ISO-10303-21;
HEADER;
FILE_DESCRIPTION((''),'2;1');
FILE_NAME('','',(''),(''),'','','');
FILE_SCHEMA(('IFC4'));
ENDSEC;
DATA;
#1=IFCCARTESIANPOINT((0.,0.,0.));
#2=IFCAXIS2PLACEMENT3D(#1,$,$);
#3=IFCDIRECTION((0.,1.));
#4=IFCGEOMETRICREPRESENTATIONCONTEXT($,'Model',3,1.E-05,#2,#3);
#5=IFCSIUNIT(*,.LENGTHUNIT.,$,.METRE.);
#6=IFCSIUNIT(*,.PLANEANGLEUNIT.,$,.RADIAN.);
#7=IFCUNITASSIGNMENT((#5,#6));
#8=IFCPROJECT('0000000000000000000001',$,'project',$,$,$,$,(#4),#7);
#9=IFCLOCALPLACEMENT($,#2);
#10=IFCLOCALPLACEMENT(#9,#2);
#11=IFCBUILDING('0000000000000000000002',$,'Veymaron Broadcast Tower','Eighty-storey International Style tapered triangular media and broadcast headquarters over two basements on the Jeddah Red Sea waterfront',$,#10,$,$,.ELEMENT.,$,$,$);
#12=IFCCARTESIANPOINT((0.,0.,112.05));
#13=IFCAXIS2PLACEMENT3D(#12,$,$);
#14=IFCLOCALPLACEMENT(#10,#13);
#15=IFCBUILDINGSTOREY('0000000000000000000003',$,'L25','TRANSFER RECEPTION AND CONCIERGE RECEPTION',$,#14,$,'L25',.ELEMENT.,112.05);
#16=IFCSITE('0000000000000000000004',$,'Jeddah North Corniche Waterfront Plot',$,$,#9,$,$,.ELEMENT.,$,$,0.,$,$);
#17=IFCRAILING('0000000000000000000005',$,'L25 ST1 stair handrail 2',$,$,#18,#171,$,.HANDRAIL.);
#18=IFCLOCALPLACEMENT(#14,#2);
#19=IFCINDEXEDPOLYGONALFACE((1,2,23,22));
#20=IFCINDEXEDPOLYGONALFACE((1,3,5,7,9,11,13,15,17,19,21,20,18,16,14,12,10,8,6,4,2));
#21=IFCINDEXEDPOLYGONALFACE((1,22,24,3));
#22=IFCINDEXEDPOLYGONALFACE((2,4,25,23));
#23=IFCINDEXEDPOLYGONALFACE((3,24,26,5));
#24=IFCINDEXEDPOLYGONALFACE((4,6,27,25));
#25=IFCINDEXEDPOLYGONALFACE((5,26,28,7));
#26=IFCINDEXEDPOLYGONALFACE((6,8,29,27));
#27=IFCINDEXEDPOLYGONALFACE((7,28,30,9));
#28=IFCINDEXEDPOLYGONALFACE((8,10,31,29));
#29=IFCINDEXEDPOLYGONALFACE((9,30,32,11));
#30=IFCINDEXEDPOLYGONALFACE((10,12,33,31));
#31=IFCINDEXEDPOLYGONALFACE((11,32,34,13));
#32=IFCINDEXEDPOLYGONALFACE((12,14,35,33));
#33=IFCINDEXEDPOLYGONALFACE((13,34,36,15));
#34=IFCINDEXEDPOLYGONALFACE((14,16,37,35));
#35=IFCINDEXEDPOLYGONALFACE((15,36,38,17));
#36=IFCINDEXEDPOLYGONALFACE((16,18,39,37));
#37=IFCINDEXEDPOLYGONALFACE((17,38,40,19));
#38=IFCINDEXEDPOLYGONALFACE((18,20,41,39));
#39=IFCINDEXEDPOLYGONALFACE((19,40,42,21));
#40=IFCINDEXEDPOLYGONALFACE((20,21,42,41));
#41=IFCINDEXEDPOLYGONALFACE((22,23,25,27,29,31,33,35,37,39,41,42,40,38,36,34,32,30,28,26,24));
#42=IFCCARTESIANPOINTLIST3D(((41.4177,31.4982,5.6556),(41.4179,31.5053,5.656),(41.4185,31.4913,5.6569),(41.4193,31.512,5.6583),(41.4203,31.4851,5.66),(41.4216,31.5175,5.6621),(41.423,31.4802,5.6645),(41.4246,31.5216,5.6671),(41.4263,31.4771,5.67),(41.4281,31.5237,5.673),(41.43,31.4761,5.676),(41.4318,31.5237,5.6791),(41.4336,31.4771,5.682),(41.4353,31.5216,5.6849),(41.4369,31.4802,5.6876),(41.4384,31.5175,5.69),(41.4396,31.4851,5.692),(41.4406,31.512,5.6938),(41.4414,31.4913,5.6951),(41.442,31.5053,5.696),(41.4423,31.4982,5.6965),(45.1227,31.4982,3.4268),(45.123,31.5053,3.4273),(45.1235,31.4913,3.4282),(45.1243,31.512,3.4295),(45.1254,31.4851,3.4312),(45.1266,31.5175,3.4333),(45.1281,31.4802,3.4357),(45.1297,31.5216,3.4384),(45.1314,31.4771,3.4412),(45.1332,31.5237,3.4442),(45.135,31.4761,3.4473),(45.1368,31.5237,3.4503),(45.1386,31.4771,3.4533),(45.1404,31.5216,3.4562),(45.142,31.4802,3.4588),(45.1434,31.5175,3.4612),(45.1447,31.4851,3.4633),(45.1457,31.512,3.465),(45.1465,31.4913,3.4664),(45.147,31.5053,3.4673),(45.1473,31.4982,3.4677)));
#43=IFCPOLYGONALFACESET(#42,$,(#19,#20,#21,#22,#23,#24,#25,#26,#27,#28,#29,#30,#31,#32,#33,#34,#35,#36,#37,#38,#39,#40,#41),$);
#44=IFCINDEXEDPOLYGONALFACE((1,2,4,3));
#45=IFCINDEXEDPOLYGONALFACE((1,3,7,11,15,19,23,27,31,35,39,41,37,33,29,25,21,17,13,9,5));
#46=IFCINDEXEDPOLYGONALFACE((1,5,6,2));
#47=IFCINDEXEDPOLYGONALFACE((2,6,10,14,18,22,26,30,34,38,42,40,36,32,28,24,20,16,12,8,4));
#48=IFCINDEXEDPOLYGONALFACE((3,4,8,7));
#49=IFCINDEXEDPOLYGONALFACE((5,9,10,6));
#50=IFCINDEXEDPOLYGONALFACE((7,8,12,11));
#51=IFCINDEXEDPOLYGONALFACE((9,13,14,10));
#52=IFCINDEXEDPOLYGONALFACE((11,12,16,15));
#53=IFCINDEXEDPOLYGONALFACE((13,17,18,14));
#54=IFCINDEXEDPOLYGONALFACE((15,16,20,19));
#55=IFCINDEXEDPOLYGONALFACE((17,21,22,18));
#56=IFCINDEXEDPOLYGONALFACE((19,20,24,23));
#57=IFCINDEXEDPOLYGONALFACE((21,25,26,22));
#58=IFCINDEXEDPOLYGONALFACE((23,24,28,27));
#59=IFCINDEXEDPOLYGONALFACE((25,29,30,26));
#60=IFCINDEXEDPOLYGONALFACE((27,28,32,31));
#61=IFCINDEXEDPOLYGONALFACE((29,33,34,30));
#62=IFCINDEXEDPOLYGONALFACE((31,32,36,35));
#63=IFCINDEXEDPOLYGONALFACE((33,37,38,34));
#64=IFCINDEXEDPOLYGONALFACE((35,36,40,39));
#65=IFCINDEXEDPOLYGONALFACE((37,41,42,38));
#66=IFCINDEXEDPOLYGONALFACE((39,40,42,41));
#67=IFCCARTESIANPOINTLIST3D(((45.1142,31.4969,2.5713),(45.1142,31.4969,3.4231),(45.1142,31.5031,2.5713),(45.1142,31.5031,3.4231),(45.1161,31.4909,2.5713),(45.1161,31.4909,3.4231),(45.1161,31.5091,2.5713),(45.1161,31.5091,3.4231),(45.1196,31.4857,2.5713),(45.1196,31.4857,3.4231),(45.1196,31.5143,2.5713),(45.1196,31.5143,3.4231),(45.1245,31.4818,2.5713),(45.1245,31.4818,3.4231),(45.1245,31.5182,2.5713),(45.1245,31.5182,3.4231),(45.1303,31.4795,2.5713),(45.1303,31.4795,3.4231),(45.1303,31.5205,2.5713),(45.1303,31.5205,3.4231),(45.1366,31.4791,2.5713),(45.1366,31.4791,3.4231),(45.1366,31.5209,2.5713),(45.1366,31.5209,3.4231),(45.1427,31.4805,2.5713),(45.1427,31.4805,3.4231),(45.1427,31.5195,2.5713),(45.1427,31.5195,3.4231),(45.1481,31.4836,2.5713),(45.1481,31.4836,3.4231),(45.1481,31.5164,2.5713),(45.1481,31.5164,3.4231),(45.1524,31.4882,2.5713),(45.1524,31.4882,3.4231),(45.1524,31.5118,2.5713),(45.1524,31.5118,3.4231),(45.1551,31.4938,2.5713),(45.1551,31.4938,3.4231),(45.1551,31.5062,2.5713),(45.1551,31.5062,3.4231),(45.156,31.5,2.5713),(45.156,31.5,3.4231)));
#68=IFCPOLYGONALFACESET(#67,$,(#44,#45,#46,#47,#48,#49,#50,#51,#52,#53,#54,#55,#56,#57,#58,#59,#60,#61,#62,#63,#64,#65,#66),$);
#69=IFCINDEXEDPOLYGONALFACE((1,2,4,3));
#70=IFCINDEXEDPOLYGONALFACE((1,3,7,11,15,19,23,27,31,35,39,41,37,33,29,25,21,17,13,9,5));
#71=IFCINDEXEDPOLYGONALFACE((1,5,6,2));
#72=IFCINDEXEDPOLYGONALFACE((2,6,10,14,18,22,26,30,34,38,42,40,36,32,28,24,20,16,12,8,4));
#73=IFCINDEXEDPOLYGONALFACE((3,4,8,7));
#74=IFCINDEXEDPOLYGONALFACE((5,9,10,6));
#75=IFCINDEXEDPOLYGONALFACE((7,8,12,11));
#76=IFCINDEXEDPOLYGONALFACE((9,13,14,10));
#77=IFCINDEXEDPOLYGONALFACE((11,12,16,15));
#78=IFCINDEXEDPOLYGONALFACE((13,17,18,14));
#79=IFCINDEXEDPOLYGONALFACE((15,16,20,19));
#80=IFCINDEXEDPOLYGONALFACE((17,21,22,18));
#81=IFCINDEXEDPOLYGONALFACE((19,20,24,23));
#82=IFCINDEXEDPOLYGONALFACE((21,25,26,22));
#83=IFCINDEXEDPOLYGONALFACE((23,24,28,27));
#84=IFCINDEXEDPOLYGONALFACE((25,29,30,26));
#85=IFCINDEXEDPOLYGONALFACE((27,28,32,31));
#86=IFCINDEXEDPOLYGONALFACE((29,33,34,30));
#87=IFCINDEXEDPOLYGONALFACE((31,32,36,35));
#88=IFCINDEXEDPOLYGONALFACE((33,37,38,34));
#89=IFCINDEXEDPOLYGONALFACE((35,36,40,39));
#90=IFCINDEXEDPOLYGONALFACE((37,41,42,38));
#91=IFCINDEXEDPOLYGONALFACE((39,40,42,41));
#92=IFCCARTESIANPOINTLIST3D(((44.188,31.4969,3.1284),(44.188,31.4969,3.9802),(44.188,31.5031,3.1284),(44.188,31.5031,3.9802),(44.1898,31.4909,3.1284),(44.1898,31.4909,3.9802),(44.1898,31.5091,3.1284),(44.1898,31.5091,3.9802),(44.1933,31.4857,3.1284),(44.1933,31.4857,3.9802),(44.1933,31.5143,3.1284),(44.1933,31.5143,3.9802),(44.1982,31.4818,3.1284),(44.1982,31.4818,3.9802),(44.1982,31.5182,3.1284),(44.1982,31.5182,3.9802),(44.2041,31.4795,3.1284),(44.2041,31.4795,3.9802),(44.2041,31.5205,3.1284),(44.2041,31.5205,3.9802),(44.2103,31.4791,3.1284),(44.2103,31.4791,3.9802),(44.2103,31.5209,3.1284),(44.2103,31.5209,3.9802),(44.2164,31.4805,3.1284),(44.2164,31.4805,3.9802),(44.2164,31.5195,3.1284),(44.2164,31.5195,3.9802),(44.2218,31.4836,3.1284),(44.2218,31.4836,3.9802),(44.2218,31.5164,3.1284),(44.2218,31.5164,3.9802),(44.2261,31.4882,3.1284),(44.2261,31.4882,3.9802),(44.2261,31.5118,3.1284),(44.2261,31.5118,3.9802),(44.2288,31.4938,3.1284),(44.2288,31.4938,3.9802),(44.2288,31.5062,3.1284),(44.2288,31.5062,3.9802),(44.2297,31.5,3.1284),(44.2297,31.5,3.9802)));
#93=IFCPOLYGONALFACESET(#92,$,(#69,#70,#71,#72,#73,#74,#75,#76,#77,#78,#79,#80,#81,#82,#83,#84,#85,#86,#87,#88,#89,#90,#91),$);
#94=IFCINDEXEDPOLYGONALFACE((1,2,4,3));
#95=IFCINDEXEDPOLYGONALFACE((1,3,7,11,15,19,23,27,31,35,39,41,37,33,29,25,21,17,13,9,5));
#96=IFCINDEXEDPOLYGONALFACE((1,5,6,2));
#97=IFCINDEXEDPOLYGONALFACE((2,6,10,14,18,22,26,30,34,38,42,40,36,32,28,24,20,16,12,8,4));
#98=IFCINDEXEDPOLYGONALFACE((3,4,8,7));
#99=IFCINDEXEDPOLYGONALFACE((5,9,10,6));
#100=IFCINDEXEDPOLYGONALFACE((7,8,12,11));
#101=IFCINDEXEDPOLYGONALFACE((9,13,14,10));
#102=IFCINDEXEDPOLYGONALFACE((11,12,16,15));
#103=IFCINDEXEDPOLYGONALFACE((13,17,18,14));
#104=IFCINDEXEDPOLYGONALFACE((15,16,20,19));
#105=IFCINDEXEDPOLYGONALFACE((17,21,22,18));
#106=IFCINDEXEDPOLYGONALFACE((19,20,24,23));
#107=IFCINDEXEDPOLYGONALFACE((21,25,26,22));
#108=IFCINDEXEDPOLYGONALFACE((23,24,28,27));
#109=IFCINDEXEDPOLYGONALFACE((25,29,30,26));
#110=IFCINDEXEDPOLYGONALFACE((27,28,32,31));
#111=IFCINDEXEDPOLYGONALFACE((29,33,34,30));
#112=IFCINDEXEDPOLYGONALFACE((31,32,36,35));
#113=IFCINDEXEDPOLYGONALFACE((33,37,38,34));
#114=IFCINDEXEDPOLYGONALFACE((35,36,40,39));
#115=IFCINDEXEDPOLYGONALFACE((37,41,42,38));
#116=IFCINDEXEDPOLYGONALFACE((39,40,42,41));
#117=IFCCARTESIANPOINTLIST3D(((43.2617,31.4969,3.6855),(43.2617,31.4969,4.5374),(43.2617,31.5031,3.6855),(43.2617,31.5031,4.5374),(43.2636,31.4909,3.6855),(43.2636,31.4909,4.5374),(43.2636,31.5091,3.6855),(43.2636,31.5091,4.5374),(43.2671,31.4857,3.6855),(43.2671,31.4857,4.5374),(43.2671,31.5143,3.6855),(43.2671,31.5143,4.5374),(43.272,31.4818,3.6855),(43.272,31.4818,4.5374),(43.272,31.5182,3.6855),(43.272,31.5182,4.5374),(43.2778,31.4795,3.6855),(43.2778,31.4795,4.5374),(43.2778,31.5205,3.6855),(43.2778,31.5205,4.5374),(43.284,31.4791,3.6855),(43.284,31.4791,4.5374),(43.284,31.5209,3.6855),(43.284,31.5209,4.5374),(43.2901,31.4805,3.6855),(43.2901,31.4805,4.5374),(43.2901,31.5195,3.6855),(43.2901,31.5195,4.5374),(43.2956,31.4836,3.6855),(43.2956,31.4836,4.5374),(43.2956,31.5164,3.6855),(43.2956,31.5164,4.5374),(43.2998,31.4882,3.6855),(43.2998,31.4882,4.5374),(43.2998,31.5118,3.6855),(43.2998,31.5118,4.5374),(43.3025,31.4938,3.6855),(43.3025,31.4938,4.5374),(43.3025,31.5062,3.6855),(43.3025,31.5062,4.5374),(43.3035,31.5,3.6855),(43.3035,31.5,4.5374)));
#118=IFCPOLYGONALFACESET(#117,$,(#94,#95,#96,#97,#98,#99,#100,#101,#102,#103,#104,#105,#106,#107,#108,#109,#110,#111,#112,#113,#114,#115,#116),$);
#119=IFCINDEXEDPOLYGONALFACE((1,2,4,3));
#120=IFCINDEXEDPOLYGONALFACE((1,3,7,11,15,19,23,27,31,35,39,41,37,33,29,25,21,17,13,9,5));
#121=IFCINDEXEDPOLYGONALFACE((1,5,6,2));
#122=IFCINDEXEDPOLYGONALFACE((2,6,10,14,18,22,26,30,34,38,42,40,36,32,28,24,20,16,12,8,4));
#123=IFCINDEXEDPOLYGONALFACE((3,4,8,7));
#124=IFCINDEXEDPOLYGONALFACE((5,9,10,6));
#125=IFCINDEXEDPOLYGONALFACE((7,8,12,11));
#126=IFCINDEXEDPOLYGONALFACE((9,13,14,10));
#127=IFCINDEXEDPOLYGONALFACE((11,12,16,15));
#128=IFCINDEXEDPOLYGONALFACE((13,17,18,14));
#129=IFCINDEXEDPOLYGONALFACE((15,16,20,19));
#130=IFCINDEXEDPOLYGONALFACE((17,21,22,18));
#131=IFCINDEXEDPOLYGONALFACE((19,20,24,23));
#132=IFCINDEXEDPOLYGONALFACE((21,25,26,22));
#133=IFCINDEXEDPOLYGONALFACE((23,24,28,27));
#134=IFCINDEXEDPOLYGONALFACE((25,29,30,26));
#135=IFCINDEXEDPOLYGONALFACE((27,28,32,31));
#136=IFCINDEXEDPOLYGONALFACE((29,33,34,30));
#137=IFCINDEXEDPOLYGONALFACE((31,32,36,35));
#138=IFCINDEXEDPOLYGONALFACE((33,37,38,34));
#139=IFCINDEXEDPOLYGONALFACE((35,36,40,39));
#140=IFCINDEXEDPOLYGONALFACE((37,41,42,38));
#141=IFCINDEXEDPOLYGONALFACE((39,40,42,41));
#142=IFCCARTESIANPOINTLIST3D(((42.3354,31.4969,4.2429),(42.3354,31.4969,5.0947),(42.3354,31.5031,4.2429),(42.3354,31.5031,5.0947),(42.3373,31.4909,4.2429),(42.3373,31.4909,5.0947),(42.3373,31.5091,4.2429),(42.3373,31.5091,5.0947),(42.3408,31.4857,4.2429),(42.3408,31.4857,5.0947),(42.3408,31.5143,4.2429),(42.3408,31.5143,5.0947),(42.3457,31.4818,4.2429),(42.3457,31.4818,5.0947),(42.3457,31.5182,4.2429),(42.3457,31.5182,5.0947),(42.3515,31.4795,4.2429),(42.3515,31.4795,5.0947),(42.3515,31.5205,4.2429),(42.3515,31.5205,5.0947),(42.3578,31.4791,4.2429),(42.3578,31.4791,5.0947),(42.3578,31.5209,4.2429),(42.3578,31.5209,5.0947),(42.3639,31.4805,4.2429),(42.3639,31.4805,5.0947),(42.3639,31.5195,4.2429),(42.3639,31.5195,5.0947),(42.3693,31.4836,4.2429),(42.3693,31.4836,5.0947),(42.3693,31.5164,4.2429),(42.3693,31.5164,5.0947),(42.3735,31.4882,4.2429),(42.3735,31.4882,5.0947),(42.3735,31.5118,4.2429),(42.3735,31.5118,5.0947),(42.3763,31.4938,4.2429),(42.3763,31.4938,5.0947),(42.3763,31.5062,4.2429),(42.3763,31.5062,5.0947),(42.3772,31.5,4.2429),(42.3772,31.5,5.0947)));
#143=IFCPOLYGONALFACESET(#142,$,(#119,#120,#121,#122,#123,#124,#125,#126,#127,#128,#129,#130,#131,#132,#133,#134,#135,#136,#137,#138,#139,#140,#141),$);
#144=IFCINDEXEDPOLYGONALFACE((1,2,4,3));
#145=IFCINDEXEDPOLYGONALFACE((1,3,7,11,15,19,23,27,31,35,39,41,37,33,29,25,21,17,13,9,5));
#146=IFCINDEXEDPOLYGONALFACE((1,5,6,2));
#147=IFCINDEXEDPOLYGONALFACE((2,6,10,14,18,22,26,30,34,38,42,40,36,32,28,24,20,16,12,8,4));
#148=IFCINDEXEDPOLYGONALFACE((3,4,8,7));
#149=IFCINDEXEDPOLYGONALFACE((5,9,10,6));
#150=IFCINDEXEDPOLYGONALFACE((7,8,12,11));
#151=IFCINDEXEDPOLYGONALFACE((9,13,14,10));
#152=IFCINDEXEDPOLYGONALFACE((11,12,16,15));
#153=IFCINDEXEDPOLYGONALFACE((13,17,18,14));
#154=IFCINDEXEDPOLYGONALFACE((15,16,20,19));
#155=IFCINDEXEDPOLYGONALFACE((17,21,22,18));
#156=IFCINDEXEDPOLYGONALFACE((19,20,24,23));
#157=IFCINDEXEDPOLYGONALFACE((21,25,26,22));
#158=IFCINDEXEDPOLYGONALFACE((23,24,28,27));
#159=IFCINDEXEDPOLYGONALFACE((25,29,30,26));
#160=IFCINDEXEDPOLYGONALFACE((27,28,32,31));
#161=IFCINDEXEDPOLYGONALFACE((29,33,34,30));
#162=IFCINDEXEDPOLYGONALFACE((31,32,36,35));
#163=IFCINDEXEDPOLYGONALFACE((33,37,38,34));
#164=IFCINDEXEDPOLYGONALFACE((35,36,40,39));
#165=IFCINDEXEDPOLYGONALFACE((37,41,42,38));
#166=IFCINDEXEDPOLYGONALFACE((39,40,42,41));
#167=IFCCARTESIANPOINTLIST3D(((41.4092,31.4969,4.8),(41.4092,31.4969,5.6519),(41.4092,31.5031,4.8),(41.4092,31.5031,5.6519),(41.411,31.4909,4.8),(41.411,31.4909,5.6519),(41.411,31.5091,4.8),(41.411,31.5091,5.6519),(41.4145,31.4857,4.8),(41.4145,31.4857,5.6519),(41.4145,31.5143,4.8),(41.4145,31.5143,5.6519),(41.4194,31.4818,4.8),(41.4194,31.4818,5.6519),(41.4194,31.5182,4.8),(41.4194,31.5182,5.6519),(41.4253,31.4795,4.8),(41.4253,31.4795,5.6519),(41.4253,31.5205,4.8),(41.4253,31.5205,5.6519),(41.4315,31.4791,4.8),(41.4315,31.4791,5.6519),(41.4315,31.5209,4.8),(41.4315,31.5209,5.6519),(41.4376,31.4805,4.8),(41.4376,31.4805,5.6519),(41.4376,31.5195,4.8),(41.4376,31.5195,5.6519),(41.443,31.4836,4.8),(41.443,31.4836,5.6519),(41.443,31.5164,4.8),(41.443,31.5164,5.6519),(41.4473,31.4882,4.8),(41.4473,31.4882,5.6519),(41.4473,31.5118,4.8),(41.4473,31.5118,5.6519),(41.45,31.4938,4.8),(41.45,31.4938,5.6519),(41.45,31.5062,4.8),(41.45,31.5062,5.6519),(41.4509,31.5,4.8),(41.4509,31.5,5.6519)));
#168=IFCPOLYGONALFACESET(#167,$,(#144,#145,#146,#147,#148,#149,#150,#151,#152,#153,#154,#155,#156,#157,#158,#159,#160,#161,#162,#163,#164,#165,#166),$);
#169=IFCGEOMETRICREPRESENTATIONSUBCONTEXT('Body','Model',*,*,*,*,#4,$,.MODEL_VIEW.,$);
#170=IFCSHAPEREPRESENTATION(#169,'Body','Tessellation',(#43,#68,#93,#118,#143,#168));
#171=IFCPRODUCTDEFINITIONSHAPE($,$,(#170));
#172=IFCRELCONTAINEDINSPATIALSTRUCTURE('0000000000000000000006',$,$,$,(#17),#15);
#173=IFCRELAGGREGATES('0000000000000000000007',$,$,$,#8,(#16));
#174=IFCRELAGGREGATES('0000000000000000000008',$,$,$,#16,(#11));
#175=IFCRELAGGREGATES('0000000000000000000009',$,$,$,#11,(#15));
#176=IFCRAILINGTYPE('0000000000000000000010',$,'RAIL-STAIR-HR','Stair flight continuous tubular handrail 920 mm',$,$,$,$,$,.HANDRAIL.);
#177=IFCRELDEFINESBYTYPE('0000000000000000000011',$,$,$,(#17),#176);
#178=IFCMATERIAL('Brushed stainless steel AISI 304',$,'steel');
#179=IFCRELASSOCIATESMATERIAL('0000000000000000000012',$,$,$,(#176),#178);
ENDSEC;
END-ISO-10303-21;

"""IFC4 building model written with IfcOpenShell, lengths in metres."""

from ifc_helpers import new_model, si_unit, direction, frame, origin, origin_2d, place, context, subcontext, project, spatial, circle, extrude, material, type_object, element, save


model = new_model("IFC4")

# Units and contexts
model_context = context("Model", 3, precision=1e-05, world=origin(), true_north=direction((0.0, 1.0)))
body_context = subcontext(model_context, "Body", "Model", "MODEL_VIEW")
ifc_project = project(units=[si_unit("LENGTHUNIT", "METRE"), si_unit("PLANEANGLEUNIT", "RADIAN")], contexts=[model_context])

# Site, building, storey
site_placement = place(None, origin())
site = spatial("IfcSite", under=ifc_project, at=site_placement, Name="Jeddah North Corniche Waterfront Plot", CompositionType="ELEMENT", RefElevation=0.0)
building_placement = place(site_placement, origin())
building = spatial("IfcBuilding", under=site, at=building_placement, Name="Veymaron Broadcast Tower", Description="Eighty-storey International Style tapered triangular media and broadcast headquarters over two basements on the Jeddah Red Sea waterfront", CompositionType="ELEMENT")
storey_placement = place(building_placement, frame((0.0, 0.0, 112.05)))
storey = spatial("IfcBuildingStorey", under=building, at=storey_placement, Name="L25", Description="TRANSFER RECEPTION AND CONCIERGE RECEPTION", LongName="L25", CompositionType="ELEMENT", Elevation=112.05)

# Shared definitions
ifc_material_1 = material(Name="Brushed stainless steel AISI 304", Category="steel")

# Railing
railing_type_1 = type_object("IfcRailingType", Name="RAIL-STAIR-HR", Description="Stair flight continuous tubular handrail 920 mm", PredefinedType="HANDRAIL", material=ifc_material_1)
railing_1_placement = place(storey_placement, frame((45.135, 31.5, 2.5713)))
element("IfcRailing", 1, at=railing_1_placement, inside=storey, type_object=railing_type_1, Name="L25 ST1 stair handrail 2", PredefinedType="HANDRAIL", context=body_context, shape_type="SweptSolid", body=[
    extrude(circle(Radius=0.0239, at=origin_2d()), frame((0.0, 0.0, 0.876), z_axis=(-0.856909, 0.0, 0.515467), x_axis=(0.0, -1.0, 0.0)), (0.0, 0.0, 1.0), 4.3237),
    extrude(circle(Radius=0.021, at=origin_2d()), origin(), (0.0, 0.0, 1.0), 0.8518),
    extrude(circle(Radius=0.021, at=origin_2d()), frame((-0.9263, 0.0, 0.5571)), (0.0, 0.0, 1.0), 0.8518),
    extrude(circle(Radius=0.021, at=origin_2d()), frame((-1.8525, 0.0, 1.1143)), (0.0, 0.0, 1.0), 0.8518),
    extrude(circle(Radius=0.021, at=origin_2d()), frame((-2.7788, 0.0, 1.6716)), (0.0, 0.0, 1.0), 0.8518),
    extrude(circle(Radius=0.021, at=origin_2d()), frame((-3.7051, 0.0, 2.2288)), (0.0, 0.0, 1.0), 0.8518),
])

save(model, "model.ifc")
